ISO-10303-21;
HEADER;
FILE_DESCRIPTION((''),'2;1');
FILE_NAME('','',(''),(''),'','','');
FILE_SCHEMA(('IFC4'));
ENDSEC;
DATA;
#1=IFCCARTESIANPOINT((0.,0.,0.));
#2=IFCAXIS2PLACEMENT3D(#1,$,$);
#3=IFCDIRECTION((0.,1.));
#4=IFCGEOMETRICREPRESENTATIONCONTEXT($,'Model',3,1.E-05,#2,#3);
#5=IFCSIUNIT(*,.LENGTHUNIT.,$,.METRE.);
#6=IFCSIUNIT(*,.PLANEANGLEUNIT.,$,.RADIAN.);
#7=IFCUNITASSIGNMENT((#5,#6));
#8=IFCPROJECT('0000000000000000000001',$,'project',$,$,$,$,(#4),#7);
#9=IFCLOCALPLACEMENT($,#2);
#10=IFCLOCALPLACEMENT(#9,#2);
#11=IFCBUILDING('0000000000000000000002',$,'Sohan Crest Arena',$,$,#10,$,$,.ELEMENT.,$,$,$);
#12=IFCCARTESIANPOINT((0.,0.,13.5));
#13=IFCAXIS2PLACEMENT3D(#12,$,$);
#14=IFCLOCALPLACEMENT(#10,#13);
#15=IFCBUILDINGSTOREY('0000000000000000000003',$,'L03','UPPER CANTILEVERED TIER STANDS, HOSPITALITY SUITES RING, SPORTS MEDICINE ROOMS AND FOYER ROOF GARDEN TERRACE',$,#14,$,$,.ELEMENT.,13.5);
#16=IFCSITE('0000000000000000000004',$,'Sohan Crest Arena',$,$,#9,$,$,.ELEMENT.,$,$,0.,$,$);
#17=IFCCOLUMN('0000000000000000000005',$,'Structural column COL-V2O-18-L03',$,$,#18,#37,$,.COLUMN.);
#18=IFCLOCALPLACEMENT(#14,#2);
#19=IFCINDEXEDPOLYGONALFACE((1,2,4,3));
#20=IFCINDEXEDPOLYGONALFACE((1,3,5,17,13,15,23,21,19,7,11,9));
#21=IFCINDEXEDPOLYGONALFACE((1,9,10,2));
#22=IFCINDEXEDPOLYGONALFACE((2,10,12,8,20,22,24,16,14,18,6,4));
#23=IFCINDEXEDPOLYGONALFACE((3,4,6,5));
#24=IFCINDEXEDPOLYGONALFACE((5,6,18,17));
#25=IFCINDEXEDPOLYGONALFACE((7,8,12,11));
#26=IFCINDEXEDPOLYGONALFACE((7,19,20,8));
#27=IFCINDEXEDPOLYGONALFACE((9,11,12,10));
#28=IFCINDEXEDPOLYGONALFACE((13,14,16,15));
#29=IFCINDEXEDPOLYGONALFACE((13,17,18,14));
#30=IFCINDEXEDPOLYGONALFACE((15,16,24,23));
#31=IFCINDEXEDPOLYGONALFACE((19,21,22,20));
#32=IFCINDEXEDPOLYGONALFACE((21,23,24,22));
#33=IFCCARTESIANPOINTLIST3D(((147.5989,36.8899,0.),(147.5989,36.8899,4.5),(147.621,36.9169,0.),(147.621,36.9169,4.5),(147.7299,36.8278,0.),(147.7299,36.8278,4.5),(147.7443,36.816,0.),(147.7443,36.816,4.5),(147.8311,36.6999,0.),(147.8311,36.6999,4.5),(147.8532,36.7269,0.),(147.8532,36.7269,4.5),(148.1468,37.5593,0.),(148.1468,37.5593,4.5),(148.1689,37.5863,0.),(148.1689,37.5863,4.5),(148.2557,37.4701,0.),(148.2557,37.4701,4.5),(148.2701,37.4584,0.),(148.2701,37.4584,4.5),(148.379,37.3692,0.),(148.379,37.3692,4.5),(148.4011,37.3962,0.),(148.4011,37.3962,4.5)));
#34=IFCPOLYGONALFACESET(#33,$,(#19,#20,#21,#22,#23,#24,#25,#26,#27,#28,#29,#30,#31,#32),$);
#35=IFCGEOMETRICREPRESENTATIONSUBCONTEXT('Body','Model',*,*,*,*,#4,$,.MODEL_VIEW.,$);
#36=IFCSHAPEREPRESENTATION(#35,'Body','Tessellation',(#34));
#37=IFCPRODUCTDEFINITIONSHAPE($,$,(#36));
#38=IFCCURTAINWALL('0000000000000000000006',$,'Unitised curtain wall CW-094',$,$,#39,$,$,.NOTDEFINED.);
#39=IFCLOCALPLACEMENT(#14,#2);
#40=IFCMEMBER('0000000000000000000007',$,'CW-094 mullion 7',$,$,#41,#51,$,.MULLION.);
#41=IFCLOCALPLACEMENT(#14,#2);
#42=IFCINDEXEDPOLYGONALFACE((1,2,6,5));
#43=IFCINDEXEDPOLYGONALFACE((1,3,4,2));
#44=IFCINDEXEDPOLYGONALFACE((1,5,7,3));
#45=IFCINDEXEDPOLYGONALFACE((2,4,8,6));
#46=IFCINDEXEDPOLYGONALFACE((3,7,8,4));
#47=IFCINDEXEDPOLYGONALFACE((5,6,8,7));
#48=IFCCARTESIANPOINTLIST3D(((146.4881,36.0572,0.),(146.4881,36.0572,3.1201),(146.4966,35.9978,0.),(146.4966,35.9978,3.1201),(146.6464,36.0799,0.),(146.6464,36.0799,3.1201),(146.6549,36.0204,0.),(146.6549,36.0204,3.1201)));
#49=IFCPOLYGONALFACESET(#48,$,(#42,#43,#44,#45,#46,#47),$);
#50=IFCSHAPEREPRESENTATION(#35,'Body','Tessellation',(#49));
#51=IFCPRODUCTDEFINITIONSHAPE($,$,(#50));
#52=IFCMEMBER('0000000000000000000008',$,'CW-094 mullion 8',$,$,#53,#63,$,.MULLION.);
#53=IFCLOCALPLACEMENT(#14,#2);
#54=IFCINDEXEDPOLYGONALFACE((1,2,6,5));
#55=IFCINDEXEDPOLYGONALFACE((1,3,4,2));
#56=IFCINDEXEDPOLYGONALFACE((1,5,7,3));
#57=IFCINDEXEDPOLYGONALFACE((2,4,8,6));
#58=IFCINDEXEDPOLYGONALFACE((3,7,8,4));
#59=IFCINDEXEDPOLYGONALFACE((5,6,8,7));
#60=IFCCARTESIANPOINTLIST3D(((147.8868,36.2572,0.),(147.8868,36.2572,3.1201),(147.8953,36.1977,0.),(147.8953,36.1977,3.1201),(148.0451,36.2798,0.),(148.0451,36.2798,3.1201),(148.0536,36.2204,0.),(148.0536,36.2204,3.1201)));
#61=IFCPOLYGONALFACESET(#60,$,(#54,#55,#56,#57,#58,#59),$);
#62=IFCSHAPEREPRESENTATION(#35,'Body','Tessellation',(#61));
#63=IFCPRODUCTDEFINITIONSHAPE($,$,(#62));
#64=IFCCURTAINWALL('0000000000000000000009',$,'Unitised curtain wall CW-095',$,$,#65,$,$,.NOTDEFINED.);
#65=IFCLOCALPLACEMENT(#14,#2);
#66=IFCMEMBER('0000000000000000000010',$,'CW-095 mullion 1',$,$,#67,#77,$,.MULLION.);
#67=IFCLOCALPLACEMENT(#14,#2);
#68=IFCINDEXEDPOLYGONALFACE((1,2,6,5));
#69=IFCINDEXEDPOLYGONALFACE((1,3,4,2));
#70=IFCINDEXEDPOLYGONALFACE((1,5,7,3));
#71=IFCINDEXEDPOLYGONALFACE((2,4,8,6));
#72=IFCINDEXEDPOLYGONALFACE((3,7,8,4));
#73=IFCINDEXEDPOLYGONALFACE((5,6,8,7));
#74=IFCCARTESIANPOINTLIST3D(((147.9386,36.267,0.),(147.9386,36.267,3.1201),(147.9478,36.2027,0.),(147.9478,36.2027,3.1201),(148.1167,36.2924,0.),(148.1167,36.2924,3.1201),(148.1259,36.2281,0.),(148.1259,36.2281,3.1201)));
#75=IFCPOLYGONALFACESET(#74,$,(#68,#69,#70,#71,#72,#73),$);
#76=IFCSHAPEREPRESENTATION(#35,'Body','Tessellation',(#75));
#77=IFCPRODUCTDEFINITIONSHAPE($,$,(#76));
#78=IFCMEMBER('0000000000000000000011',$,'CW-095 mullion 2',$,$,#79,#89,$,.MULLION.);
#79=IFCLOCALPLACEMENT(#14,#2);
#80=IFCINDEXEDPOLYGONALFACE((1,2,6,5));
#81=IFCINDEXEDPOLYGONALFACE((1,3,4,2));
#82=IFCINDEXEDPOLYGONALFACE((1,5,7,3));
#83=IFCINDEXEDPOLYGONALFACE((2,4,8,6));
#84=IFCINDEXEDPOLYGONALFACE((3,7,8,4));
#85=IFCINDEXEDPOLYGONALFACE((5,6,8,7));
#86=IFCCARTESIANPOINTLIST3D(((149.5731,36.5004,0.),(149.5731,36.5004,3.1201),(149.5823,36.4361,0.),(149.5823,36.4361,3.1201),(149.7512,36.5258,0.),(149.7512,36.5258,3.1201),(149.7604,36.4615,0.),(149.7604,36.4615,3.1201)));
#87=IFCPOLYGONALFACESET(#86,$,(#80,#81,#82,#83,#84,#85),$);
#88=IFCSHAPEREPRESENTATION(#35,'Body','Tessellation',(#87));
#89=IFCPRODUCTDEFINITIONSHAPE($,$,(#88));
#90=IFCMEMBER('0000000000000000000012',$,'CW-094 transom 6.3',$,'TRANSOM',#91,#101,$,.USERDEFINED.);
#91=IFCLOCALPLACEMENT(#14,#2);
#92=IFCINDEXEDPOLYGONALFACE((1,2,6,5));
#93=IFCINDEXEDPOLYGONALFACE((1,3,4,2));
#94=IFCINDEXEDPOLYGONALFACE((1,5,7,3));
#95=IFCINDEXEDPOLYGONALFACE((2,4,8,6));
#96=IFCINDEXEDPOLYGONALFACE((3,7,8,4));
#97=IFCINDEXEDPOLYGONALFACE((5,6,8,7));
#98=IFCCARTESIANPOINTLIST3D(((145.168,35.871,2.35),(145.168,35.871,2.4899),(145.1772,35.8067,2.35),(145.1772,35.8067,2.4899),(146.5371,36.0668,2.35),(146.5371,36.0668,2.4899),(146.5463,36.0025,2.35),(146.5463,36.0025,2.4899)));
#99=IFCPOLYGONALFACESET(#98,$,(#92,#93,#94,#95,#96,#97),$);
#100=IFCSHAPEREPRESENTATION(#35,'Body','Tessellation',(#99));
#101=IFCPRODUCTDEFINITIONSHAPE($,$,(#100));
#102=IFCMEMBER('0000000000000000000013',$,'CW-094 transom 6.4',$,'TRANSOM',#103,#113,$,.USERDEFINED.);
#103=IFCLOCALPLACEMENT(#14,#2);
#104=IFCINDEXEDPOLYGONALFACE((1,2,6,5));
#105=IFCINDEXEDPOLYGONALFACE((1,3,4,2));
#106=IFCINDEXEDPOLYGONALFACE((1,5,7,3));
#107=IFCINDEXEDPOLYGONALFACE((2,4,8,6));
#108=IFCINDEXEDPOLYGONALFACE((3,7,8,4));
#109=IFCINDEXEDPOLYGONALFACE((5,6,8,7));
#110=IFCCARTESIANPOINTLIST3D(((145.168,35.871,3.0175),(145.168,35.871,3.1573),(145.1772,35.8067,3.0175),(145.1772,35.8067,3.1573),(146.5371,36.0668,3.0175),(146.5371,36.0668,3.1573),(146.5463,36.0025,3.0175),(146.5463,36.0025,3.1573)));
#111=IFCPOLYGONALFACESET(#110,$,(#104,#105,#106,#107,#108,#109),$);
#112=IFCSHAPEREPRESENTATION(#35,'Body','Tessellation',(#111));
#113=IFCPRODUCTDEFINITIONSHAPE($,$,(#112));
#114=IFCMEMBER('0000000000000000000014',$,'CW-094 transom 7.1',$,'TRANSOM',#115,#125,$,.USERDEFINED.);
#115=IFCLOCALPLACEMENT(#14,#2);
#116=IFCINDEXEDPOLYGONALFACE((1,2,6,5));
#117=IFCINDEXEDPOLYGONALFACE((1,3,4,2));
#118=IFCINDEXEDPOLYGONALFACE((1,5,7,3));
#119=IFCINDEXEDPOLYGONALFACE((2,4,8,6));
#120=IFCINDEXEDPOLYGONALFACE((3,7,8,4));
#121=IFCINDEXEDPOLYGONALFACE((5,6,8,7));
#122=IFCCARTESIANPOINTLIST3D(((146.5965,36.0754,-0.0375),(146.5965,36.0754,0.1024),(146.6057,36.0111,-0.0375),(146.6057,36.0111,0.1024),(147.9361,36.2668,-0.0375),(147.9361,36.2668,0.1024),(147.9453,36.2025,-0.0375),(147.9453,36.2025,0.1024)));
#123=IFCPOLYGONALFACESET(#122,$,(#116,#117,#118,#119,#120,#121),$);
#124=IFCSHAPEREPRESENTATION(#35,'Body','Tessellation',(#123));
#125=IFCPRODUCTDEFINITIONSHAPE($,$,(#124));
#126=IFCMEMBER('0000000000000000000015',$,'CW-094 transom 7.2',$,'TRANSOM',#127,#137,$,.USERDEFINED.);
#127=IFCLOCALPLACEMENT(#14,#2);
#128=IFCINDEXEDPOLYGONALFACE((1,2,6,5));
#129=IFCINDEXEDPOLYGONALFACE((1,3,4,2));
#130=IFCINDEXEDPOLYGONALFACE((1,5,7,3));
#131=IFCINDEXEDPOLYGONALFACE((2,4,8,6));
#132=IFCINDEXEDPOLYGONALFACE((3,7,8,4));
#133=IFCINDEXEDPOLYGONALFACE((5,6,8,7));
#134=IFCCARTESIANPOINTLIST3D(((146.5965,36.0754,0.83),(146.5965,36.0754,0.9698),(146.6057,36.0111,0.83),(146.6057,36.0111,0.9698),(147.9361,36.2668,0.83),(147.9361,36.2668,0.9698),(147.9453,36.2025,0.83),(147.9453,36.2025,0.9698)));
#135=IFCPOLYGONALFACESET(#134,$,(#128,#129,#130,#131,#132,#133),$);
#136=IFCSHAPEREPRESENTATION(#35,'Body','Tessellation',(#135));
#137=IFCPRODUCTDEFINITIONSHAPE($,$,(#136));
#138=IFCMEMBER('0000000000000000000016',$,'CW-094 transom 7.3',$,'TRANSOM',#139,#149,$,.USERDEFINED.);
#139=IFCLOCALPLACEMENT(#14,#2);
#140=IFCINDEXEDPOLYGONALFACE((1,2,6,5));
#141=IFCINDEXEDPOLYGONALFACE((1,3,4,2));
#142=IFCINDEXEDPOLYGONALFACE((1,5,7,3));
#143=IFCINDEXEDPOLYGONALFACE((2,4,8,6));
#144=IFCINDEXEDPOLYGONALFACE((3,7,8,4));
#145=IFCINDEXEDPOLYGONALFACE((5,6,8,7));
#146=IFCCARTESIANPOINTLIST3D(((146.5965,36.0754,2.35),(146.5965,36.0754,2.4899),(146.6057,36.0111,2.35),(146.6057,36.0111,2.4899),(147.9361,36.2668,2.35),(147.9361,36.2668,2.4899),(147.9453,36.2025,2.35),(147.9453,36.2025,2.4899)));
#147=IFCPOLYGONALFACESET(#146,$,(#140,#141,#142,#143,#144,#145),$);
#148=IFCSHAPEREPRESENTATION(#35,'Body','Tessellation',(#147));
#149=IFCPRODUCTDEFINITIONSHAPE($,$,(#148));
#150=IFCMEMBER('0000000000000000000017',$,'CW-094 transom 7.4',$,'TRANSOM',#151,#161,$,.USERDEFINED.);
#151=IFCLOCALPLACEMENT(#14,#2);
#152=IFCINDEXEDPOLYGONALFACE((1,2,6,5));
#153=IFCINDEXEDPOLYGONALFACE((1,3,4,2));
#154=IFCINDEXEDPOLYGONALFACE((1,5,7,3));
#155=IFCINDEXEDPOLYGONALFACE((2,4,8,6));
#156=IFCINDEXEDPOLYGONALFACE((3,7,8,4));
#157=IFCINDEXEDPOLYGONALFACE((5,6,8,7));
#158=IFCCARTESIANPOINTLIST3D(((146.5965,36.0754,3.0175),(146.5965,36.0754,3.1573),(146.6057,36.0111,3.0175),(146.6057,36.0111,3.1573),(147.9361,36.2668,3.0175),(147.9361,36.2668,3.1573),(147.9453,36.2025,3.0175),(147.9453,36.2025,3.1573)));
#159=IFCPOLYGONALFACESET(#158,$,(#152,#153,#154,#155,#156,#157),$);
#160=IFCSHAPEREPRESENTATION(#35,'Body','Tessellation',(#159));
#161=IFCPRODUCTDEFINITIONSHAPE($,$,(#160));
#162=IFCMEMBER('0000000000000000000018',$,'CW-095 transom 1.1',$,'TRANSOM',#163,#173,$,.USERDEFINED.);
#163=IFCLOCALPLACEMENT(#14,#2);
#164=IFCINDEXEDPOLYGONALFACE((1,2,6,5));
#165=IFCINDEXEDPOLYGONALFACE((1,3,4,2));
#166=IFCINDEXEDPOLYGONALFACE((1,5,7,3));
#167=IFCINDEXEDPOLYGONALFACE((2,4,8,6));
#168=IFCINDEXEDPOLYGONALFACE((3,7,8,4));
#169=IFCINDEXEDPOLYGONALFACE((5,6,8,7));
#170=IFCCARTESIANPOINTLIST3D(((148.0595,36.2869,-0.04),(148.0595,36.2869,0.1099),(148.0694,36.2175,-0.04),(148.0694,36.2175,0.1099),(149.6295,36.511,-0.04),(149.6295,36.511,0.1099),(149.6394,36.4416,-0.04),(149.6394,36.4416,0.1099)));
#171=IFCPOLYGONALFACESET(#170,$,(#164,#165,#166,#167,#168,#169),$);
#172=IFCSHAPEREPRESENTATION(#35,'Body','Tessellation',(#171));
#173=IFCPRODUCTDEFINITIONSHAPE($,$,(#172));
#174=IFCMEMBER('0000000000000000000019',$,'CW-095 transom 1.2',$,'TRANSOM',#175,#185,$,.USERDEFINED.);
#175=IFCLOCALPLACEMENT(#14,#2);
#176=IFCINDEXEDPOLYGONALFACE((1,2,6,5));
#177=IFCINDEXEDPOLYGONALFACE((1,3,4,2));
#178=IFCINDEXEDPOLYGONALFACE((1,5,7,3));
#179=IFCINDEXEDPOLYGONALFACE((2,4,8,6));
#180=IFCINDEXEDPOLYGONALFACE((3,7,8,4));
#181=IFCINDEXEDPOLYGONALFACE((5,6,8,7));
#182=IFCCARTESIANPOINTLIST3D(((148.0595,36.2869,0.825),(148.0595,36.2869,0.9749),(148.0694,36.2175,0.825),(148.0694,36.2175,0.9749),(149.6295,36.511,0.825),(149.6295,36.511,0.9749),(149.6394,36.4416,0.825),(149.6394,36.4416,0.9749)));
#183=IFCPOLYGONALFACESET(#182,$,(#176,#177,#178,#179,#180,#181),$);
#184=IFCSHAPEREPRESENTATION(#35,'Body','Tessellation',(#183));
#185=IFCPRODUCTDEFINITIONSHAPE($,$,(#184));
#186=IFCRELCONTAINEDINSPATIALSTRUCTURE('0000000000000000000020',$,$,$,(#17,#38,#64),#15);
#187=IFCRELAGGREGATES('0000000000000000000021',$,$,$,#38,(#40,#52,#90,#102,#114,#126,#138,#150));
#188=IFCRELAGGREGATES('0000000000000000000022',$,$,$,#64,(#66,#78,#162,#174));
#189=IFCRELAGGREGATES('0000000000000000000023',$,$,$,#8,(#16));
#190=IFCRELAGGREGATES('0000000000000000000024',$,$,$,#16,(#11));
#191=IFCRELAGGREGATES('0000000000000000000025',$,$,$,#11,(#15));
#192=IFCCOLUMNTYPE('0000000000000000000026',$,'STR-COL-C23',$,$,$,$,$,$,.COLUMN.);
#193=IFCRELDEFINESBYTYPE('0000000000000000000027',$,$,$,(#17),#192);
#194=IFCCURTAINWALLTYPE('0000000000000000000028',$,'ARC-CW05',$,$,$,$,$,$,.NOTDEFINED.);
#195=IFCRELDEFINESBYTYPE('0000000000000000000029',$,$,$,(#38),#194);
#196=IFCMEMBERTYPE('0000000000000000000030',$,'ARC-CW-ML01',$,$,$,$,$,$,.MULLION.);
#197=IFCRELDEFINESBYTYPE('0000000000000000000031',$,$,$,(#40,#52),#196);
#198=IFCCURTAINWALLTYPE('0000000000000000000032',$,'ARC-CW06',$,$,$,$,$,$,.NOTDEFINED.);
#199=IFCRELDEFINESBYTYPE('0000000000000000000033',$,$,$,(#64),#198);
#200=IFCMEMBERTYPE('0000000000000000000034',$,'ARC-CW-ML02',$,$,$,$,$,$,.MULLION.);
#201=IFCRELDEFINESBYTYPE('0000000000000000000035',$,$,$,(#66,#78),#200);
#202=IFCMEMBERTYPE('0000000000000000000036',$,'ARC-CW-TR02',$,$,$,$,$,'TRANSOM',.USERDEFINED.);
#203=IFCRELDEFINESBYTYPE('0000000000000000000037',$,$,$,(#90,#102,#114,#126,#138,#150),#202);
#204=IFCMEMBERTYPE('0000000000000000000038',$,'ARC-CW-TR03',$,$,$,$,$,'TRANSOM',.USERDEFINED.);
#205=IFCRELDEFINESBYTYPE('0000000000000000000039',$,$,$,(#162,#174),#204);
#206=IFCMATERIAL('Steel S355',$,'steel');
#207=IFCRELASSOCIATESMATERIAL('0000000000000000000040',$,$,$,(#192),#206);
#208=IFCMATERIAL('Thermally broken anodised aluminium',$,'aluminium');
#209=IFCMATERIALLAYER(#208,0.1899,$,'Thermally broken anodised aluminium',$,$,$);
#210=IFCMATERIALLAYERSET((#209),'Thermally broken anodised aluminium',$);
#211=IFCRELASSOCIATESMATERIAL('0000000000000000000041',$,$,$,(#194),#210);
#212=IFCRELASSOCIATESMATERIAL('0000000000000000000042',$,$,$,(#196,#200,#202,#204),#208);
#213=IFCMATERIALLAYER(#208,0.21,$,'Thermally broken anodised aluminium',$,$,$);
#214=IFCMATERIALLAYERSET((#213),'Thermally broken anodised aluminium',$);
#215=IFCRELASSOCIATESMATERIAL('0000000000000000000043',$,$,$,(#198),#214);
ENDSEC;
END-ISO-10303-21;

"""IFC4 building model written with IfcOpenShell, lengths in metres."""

from ifc_helpers import new_model, si_unit, direction, frame, origin, origin_2d, place, context, subcontext, project, spatial, rectangle, i_section, extrude, material, layer, layer_set, material_profile, profile_set, type_object, element, aggregate, save


model = new_model("IFC4")

# Units and contexts
model_context = context("Model", 3, precision=1e-05, world=origin(), true_north=direction((0.0, 1.0)))
body_context = subcontext(model_context, "Body", "Model", "MODEL_VIEW")
ifc_project = project(units=[si_unit("LENGTHUNIT", "METRE"), si_unit("PLANEANGLEUNIT", "RADIAN")], contexts=[model_context])

# Site, building, storey
site_placement = place(None, origin())
site = spatial("IfcSite", under=ifc_project, at=site_placement, Name="Sohan Crest Arena", CompositionType="ELEMENT", RefElevation=0.0)
building_placement = place(site_placement, origin())
building = spatial("IfcBuilding", under=site, at=building_placement, Name="Sohan Crest Arena", CompositionType="ELEMENT")
storey_placement = place(building_placement, frame((0.0, 0.0, 13.5)))
storey = spatial("IfcBuildingStorey", under=building, at=storey_placement, Name="L03", Description="UPPER CANTILEVERED TIER STANDS, HOSPITALITY SUITES RING, SPORTS MEDICINE ROOMS AND FOYER ROOF GARDEN TERRACE", CompositionType="ELEMENT", Elevation=13.5)

# Column
ifc_material_1 = material(Name="Steel S355", Category="steel")
ifc_material_profile_1 = material_profile(ifc_material_1, i_section(OverallWidth=0.3, OverallDepth=0.8999, WebThickness=0.0186, FlangeThickness=0.0349, at=origin_2d()), Name="HEB 900")
ifc_profile_set_1 = profile_set([ifc_material_profile_1], Name="Steel S355")
column_type = type_object("IfcColumnType", Name="STR-COL-C23", PredefinedType="COLUMN", material=ifc_profile_set_1)
column_placement = place(storey_placement, frame((148.0, 37.1431, 0.0), z_axis=(0.0, 0.0, 1.0), x_axis=(-0.77384, 0.633381, 0.0)))
element("IfcColumn", 1, at=column_placement, inside=storey, type_object=column_type, Name="Structural column COL-V2O-18-L03", PredefinedType="COLUMN", context=body_context, shape_type="SweptSolid", body=[
    extrude(i_section(OverallWidth=0.3, OverallDepth=0.8999, WebThickness=0.0186, FlangeThickness=0.0349, at=origin_2d()), origin(), (0.0, 0.0, 1.0), 4.5),
])

# Curtain walls, members
ifc_material_2 = material(Name="Thermally broken anodised aluminium", Category="aluminium")
ifc_layer_1 = layer(ifc_material_2, 0.1899, Name="Thermally broken anodised aluminium")
ifc_layer_set_1 = layer_set([ifc_layer_1], Name="Thermally broken anodised aluminium")
curtain_wall_type_1 = type_object("IfcCurtainWallType", Name="ARC-CW05", PredefinedType="NOTDEFINED", material=ifc_layer_set_1)
curtain_wall_1_placement = place(storey_placement, origin())
curtain_wall_1 = element("IfcCurtainWall", 2, at=curtain_wall_1_placement, inside=storey, type_object=curtain_wall_type_1, Name="Unitised curtain wall CW-094", PredefinedType="NOTDEFINED")
ifc_material_profile_2 = material_profile(ifc_material_2, rectangle(XDim=0.0601, YDim=0.1599, at=origin_2d()), Name="ALU-MULL 60x160")
ifc_profile_set_2 = profile_set([ifc_material_profile_2], Name="Thermally broken anodised aluminium")
member_type_1 = type_object("IfcMemberType", Name="ARC-CW-ML01", PredefinedType="MULLION", material=ifc_profile_set_2)
member_1_placement = place(storey_placement, frame((146.5715, 36.0388, 0.0), z_axis=(0.0, 0.0, 1.0), x_axis=(-0.141463, 0.989944, 0.0)))
member_1 = element("IfcMember", 3, at=member_1_placement, type_object=member_type_1, Name="CW-094 mullion 7", PredefinedType="MULLION", context=body_context, shape_type="SweptSolid", body=[
    extrude(rectangle(XDim=0.0601, YDim=0.1599, at=origin_2d()), origin(), (0.0, 0.0, 1.0), 3.1201),
])
member_2_placement = place(storey_placement, frame((147.9702, 36.2388, 0.0), z_axis=(0.0, 0.0, 1.0), x_axis=(-0.141463, 0.989944, 0.0)))
member_2 = element("IfcMember", 4, at=member_2_placement, type_object=member_type_1, Name="CW-094 mullion 8", PredefinedType="MULLION", context=body_context, shape_type="SweptSolid", body=[
    extrude(rectangle(XDim=0.0601, YDim=0.1599, at=origin_2d()), origin(), (0.0, 0.0, 1.0), 3.1201),
])
ifc_layer_2 = layer(ifc_material_2, 0.21, Name="Thermally broken anodised aluminium")
ifc_layer_set_2 = layer_set([ifc_layer_2], Name="Thermally broken anodised aluminium")
curtain_wall_type_2 = type_object("IfcCurtainWallType", Name="ARC-CW06", PredefinedType="NOTDEFINED", material=ifc_layer_set_2)
curtain_wall_2_placement = place(storey_placement, origin())
curtain_wall_2 = element("IfcCurtainWall", 5, at=curtain_wall_2_placement, inside=storey, type_object=curtain_wall_type_2, Name="Unitised curtain wall CW-095", PredefinedType="NOTDEFINED")
ifc_material_profile_3 = material_profile(ifc_material_2, rectangle(XDim=0.0649, YDim=0.1799, at=origin_2d()), Name="ALU-MULL 65x180")
ifc_profile_set_3 = profile_set([ifc_material_profile_3], Name="Thermally broken anodised aluminium")
member_type_2 = type_object("IfcMemberType", Name="ARC-CW-ML02", PredefinedType="MULLION", material=ifc_profile_set_3)
member_3_placement = place(storey_placement, frame((148.0322, 36.2476, 0.0), z_axis=(0.0, 0.0, 1.0), x_axis=(-0.141366, 0.989957, 0.0)))
member_3 = element("IfcMember", 6, at=member_3_placement, type_object=member_type_2, Name="CW-095 mullion 1", PredefinedType="MULLION", context=body_context, shape_type="SweptSolid", body=[
    extrude(rectangle(XDim=0.0649, YDim=0.1799, at=origin_2d()), origin(), (0.0, 0.0, 1.0), 3.1201),
])
member_4_placement = place(storey_placement, frame((149.6667, 36.481, 0.0), z_axis=(0.0, 0.0, 1.0), x_axis=(-0.141366, 0.989957, 0.0)))
member_4 = element("IfcMember", 7, at=member_4_placement, type_object=member_type_2, Name="CW-095 mullion 2", PredefinedType="MULLION", context=body_context, shape_type="SweptSolid", body=[
    extrude(rectangle(XDim=0.0649, YDim=0.1799, at=origin_2d()), origin(), (0.0, 0.0, 1.0), 3.1201),
])

# Members
ifc_material_profile_4 = material_profile(ifc_material_2, rectangle(XDim=0.0649, YDim=0.1399, at=origin_2d()), Name="ALU-TRAN 65x140")
ifc_profile_set_4 = profile_set([ifc_material_profile_4], Name="Thermally broken anodised aluminium")
member_type_3 = type_object("IfcMemberType", Name="ARC-CW-TR02", ElementType="TRANSOM", PredefinedType="USERDEFINED", material=ifc_profile_set_4)
member_5_placement = place(storey_placement, frame((145.1726, 35.8389, 2.4199), z_axis=(0.989928, 0.14157, 0.0), x_axis=(-0.14157, 0.989928, 0.0)))
member_5 = element("IfcMember", 8, at=member_5_placement, type_object=member_type_3, Name="CW-094 transom 6.3", ObjectType="TRANSOM", PredefinedType="USERDEFINED", context=body_context, shape_type="SweptSolid", body=[
    extrude(rectangle(XDim=0.0649, YDim=0.1399, at=origin_2d()), origin(), (0.0, 0.0, 1.0), 1.3831),
])
member_6_placement = place(storey_placement, frame((145.1726, 35.8389, 3.0874), z_axis=(0.989928, 0.14157, 0.0), x_axis=(-0.14157, 0.989928, 0.0)))
member_6 = element("IfcMember", 9, at=member_6_placement, type_object=member_type_3, Name="CW-094 transom 6.4", ObjectType="TRANSOM", PredefinedType="USERDEFINED", context=body_context, shape_type="SweptSolid", body=[
    extrude(rectangle(XDim=0.0649, YDim=0.1399, at=origin_2d()), origin(), (0.0, 0.0, 1.0), 1.3831),
])
member_7_placement = place(storey_placement, frame((146.6011, 36.0432, 0.0325), z_axis=(0.989946, 0.141447, 0.0), x_axis=(-0.141447, 0.989946, 0.0)))
member_7 = element("IfcMember", 10, at=member_7_placement, type_object=member_type_3, Name="CW-094 transom 7.1", ObjectType="TRANSOM", PredefinedType="USERDEFINED", context=body_context, shape_type="SweptSolid", body=[
    extrude(rectangle(XDim=0.0649, YDim=0.1399, at=origin_2d()), origin(), (0.0, 0.0, 1.0), 1.3533),
])
member_8_placement = place(storey_placement, frame((146.6011, 36.0432, 0.8999), z_axis=(0.989946, 0.141447, 0.0), x_axis=(-0.141447, 0.989946, 0.0)))
member_8 = element("IfcMember", 11, at=member_8_placement, type_object=member_type_3, Name="CW-094 transom 7.2", ObjectType="TRANSOM", PredefinedType="USERDEFINED", context=body_context, shape_type="SweptSolid", body=[
    extrude(rectangle(XDim=0.0649, YDim=0.1399, at=origin_2d()), origin(), (0.0, 0.0, 1.0), 1.3533),
])
member_9_placement = place(storey_placement, frame((146.6011, 36.0432, 2.4199), z_axis=(0.989946, 0.141447, 0.0), x_axis=(-0.141447, 0.989946, 0.0)))
member_9 = element("IfcMember", 12, at=member_9_placement, type_object=member_type_3, Name="CW-094 transom 7.3", ObjectType="TRANSOM", PredefinedType="USERDEFINED", context=body_context, shape_type="SweptSolid", body=[
    extrude(rectangle(XDim=0.0649, YDim=0.1399, at=origin_2d()), origin(), (0.0, 0.0, 1.0), 1.3533),
])
member_10_placement = place(storey_placement, frame((146.6011, 36.0432, 3.0874), z_axis=(0.989946, 0.141447, 0.0), x_axis=(-0.141447, 0.989946, 0.0)))
member_10 = element("IfcMember", 13, at=member_10_placement, type_object=member_type_3, Name="CW-094 transom 7.4", ObjectType="TRANSOM", PredefinedType="USERDEFINED", context=body_context, shape_type="SweptSolid", body=[
    extrude(rectangle(XDim=0.0649, YDim=0.1399, at=origin_2d()), origin(), (0.0, 0.0, 1.0), 1.3533),
])
ifc_material_profile_5 = material_profile(ifc_material_2, rectangle(XDim=0.0701, YDim=0.1499, at=origin_2d()), Name="ALU-TRAN 70x150")
ifc_profile_set_5 = profile_set([ifc_material_profile_5], Name="Thermally broken anodised aluminium")
member_type_4 = type_object("IfcMemberType", Name="ARC-CW-TR03", ElementType="TRANSOM", PredefinedType="USERDEFINED", material=ifc_profile_set_5)
member_11_placement = place(storey_placement, frame((148.0645, 36.2522, 0.0349), z_axis=(0.989965, 0.141314, 0.0), x_axis=(-0.141314, 0.989965, 0.0)))
member_11 = element("IfcMember", 14, at=member_11_placement, type_object=member_type_4, Name="CW-095 transom 1.1", ObjectType="TRANSOM", PredefinedType="USERDEFINED", context=body_context, shape_type="SweptSolid", body=[
    extrude(rectangle(XDim=0.0701, YDim=0.1499, at=origin_2d()), origin(), (0.0, 0.0, 1.0), 1.5859),
])
member_12_placement = place(storey_placement, frame((148.0645, 36.2522, 0.8999), z_axis=(0.989965, 0.141314, 0.0), x_axis=(-0.141314, 0.989965, 0.0)))
member_12 = element("IfcMember", 15, at=member_12_placement, type_object=member_type_4, Name="CW-095 transom 1.2", ObjectType="TRANSOM", PredefinedType="USERDEFINED", context=body_context, shape_type="SweptSolid", body=[
    extrude(rectangle(XDim=0.0701, YDim=0.1499, at=origin_2d()), origin(), (0.0, 0.0, 1.0), 1.5859),
])

aggregate(curtain_wall_1, [member_1, member_2, member_5, member_6, member_7, member_8, member_9, member_10])
aggregate(curtain_wall_2, [member_3, member_4, member_11, member_12])

save(model, "model.ifc")
